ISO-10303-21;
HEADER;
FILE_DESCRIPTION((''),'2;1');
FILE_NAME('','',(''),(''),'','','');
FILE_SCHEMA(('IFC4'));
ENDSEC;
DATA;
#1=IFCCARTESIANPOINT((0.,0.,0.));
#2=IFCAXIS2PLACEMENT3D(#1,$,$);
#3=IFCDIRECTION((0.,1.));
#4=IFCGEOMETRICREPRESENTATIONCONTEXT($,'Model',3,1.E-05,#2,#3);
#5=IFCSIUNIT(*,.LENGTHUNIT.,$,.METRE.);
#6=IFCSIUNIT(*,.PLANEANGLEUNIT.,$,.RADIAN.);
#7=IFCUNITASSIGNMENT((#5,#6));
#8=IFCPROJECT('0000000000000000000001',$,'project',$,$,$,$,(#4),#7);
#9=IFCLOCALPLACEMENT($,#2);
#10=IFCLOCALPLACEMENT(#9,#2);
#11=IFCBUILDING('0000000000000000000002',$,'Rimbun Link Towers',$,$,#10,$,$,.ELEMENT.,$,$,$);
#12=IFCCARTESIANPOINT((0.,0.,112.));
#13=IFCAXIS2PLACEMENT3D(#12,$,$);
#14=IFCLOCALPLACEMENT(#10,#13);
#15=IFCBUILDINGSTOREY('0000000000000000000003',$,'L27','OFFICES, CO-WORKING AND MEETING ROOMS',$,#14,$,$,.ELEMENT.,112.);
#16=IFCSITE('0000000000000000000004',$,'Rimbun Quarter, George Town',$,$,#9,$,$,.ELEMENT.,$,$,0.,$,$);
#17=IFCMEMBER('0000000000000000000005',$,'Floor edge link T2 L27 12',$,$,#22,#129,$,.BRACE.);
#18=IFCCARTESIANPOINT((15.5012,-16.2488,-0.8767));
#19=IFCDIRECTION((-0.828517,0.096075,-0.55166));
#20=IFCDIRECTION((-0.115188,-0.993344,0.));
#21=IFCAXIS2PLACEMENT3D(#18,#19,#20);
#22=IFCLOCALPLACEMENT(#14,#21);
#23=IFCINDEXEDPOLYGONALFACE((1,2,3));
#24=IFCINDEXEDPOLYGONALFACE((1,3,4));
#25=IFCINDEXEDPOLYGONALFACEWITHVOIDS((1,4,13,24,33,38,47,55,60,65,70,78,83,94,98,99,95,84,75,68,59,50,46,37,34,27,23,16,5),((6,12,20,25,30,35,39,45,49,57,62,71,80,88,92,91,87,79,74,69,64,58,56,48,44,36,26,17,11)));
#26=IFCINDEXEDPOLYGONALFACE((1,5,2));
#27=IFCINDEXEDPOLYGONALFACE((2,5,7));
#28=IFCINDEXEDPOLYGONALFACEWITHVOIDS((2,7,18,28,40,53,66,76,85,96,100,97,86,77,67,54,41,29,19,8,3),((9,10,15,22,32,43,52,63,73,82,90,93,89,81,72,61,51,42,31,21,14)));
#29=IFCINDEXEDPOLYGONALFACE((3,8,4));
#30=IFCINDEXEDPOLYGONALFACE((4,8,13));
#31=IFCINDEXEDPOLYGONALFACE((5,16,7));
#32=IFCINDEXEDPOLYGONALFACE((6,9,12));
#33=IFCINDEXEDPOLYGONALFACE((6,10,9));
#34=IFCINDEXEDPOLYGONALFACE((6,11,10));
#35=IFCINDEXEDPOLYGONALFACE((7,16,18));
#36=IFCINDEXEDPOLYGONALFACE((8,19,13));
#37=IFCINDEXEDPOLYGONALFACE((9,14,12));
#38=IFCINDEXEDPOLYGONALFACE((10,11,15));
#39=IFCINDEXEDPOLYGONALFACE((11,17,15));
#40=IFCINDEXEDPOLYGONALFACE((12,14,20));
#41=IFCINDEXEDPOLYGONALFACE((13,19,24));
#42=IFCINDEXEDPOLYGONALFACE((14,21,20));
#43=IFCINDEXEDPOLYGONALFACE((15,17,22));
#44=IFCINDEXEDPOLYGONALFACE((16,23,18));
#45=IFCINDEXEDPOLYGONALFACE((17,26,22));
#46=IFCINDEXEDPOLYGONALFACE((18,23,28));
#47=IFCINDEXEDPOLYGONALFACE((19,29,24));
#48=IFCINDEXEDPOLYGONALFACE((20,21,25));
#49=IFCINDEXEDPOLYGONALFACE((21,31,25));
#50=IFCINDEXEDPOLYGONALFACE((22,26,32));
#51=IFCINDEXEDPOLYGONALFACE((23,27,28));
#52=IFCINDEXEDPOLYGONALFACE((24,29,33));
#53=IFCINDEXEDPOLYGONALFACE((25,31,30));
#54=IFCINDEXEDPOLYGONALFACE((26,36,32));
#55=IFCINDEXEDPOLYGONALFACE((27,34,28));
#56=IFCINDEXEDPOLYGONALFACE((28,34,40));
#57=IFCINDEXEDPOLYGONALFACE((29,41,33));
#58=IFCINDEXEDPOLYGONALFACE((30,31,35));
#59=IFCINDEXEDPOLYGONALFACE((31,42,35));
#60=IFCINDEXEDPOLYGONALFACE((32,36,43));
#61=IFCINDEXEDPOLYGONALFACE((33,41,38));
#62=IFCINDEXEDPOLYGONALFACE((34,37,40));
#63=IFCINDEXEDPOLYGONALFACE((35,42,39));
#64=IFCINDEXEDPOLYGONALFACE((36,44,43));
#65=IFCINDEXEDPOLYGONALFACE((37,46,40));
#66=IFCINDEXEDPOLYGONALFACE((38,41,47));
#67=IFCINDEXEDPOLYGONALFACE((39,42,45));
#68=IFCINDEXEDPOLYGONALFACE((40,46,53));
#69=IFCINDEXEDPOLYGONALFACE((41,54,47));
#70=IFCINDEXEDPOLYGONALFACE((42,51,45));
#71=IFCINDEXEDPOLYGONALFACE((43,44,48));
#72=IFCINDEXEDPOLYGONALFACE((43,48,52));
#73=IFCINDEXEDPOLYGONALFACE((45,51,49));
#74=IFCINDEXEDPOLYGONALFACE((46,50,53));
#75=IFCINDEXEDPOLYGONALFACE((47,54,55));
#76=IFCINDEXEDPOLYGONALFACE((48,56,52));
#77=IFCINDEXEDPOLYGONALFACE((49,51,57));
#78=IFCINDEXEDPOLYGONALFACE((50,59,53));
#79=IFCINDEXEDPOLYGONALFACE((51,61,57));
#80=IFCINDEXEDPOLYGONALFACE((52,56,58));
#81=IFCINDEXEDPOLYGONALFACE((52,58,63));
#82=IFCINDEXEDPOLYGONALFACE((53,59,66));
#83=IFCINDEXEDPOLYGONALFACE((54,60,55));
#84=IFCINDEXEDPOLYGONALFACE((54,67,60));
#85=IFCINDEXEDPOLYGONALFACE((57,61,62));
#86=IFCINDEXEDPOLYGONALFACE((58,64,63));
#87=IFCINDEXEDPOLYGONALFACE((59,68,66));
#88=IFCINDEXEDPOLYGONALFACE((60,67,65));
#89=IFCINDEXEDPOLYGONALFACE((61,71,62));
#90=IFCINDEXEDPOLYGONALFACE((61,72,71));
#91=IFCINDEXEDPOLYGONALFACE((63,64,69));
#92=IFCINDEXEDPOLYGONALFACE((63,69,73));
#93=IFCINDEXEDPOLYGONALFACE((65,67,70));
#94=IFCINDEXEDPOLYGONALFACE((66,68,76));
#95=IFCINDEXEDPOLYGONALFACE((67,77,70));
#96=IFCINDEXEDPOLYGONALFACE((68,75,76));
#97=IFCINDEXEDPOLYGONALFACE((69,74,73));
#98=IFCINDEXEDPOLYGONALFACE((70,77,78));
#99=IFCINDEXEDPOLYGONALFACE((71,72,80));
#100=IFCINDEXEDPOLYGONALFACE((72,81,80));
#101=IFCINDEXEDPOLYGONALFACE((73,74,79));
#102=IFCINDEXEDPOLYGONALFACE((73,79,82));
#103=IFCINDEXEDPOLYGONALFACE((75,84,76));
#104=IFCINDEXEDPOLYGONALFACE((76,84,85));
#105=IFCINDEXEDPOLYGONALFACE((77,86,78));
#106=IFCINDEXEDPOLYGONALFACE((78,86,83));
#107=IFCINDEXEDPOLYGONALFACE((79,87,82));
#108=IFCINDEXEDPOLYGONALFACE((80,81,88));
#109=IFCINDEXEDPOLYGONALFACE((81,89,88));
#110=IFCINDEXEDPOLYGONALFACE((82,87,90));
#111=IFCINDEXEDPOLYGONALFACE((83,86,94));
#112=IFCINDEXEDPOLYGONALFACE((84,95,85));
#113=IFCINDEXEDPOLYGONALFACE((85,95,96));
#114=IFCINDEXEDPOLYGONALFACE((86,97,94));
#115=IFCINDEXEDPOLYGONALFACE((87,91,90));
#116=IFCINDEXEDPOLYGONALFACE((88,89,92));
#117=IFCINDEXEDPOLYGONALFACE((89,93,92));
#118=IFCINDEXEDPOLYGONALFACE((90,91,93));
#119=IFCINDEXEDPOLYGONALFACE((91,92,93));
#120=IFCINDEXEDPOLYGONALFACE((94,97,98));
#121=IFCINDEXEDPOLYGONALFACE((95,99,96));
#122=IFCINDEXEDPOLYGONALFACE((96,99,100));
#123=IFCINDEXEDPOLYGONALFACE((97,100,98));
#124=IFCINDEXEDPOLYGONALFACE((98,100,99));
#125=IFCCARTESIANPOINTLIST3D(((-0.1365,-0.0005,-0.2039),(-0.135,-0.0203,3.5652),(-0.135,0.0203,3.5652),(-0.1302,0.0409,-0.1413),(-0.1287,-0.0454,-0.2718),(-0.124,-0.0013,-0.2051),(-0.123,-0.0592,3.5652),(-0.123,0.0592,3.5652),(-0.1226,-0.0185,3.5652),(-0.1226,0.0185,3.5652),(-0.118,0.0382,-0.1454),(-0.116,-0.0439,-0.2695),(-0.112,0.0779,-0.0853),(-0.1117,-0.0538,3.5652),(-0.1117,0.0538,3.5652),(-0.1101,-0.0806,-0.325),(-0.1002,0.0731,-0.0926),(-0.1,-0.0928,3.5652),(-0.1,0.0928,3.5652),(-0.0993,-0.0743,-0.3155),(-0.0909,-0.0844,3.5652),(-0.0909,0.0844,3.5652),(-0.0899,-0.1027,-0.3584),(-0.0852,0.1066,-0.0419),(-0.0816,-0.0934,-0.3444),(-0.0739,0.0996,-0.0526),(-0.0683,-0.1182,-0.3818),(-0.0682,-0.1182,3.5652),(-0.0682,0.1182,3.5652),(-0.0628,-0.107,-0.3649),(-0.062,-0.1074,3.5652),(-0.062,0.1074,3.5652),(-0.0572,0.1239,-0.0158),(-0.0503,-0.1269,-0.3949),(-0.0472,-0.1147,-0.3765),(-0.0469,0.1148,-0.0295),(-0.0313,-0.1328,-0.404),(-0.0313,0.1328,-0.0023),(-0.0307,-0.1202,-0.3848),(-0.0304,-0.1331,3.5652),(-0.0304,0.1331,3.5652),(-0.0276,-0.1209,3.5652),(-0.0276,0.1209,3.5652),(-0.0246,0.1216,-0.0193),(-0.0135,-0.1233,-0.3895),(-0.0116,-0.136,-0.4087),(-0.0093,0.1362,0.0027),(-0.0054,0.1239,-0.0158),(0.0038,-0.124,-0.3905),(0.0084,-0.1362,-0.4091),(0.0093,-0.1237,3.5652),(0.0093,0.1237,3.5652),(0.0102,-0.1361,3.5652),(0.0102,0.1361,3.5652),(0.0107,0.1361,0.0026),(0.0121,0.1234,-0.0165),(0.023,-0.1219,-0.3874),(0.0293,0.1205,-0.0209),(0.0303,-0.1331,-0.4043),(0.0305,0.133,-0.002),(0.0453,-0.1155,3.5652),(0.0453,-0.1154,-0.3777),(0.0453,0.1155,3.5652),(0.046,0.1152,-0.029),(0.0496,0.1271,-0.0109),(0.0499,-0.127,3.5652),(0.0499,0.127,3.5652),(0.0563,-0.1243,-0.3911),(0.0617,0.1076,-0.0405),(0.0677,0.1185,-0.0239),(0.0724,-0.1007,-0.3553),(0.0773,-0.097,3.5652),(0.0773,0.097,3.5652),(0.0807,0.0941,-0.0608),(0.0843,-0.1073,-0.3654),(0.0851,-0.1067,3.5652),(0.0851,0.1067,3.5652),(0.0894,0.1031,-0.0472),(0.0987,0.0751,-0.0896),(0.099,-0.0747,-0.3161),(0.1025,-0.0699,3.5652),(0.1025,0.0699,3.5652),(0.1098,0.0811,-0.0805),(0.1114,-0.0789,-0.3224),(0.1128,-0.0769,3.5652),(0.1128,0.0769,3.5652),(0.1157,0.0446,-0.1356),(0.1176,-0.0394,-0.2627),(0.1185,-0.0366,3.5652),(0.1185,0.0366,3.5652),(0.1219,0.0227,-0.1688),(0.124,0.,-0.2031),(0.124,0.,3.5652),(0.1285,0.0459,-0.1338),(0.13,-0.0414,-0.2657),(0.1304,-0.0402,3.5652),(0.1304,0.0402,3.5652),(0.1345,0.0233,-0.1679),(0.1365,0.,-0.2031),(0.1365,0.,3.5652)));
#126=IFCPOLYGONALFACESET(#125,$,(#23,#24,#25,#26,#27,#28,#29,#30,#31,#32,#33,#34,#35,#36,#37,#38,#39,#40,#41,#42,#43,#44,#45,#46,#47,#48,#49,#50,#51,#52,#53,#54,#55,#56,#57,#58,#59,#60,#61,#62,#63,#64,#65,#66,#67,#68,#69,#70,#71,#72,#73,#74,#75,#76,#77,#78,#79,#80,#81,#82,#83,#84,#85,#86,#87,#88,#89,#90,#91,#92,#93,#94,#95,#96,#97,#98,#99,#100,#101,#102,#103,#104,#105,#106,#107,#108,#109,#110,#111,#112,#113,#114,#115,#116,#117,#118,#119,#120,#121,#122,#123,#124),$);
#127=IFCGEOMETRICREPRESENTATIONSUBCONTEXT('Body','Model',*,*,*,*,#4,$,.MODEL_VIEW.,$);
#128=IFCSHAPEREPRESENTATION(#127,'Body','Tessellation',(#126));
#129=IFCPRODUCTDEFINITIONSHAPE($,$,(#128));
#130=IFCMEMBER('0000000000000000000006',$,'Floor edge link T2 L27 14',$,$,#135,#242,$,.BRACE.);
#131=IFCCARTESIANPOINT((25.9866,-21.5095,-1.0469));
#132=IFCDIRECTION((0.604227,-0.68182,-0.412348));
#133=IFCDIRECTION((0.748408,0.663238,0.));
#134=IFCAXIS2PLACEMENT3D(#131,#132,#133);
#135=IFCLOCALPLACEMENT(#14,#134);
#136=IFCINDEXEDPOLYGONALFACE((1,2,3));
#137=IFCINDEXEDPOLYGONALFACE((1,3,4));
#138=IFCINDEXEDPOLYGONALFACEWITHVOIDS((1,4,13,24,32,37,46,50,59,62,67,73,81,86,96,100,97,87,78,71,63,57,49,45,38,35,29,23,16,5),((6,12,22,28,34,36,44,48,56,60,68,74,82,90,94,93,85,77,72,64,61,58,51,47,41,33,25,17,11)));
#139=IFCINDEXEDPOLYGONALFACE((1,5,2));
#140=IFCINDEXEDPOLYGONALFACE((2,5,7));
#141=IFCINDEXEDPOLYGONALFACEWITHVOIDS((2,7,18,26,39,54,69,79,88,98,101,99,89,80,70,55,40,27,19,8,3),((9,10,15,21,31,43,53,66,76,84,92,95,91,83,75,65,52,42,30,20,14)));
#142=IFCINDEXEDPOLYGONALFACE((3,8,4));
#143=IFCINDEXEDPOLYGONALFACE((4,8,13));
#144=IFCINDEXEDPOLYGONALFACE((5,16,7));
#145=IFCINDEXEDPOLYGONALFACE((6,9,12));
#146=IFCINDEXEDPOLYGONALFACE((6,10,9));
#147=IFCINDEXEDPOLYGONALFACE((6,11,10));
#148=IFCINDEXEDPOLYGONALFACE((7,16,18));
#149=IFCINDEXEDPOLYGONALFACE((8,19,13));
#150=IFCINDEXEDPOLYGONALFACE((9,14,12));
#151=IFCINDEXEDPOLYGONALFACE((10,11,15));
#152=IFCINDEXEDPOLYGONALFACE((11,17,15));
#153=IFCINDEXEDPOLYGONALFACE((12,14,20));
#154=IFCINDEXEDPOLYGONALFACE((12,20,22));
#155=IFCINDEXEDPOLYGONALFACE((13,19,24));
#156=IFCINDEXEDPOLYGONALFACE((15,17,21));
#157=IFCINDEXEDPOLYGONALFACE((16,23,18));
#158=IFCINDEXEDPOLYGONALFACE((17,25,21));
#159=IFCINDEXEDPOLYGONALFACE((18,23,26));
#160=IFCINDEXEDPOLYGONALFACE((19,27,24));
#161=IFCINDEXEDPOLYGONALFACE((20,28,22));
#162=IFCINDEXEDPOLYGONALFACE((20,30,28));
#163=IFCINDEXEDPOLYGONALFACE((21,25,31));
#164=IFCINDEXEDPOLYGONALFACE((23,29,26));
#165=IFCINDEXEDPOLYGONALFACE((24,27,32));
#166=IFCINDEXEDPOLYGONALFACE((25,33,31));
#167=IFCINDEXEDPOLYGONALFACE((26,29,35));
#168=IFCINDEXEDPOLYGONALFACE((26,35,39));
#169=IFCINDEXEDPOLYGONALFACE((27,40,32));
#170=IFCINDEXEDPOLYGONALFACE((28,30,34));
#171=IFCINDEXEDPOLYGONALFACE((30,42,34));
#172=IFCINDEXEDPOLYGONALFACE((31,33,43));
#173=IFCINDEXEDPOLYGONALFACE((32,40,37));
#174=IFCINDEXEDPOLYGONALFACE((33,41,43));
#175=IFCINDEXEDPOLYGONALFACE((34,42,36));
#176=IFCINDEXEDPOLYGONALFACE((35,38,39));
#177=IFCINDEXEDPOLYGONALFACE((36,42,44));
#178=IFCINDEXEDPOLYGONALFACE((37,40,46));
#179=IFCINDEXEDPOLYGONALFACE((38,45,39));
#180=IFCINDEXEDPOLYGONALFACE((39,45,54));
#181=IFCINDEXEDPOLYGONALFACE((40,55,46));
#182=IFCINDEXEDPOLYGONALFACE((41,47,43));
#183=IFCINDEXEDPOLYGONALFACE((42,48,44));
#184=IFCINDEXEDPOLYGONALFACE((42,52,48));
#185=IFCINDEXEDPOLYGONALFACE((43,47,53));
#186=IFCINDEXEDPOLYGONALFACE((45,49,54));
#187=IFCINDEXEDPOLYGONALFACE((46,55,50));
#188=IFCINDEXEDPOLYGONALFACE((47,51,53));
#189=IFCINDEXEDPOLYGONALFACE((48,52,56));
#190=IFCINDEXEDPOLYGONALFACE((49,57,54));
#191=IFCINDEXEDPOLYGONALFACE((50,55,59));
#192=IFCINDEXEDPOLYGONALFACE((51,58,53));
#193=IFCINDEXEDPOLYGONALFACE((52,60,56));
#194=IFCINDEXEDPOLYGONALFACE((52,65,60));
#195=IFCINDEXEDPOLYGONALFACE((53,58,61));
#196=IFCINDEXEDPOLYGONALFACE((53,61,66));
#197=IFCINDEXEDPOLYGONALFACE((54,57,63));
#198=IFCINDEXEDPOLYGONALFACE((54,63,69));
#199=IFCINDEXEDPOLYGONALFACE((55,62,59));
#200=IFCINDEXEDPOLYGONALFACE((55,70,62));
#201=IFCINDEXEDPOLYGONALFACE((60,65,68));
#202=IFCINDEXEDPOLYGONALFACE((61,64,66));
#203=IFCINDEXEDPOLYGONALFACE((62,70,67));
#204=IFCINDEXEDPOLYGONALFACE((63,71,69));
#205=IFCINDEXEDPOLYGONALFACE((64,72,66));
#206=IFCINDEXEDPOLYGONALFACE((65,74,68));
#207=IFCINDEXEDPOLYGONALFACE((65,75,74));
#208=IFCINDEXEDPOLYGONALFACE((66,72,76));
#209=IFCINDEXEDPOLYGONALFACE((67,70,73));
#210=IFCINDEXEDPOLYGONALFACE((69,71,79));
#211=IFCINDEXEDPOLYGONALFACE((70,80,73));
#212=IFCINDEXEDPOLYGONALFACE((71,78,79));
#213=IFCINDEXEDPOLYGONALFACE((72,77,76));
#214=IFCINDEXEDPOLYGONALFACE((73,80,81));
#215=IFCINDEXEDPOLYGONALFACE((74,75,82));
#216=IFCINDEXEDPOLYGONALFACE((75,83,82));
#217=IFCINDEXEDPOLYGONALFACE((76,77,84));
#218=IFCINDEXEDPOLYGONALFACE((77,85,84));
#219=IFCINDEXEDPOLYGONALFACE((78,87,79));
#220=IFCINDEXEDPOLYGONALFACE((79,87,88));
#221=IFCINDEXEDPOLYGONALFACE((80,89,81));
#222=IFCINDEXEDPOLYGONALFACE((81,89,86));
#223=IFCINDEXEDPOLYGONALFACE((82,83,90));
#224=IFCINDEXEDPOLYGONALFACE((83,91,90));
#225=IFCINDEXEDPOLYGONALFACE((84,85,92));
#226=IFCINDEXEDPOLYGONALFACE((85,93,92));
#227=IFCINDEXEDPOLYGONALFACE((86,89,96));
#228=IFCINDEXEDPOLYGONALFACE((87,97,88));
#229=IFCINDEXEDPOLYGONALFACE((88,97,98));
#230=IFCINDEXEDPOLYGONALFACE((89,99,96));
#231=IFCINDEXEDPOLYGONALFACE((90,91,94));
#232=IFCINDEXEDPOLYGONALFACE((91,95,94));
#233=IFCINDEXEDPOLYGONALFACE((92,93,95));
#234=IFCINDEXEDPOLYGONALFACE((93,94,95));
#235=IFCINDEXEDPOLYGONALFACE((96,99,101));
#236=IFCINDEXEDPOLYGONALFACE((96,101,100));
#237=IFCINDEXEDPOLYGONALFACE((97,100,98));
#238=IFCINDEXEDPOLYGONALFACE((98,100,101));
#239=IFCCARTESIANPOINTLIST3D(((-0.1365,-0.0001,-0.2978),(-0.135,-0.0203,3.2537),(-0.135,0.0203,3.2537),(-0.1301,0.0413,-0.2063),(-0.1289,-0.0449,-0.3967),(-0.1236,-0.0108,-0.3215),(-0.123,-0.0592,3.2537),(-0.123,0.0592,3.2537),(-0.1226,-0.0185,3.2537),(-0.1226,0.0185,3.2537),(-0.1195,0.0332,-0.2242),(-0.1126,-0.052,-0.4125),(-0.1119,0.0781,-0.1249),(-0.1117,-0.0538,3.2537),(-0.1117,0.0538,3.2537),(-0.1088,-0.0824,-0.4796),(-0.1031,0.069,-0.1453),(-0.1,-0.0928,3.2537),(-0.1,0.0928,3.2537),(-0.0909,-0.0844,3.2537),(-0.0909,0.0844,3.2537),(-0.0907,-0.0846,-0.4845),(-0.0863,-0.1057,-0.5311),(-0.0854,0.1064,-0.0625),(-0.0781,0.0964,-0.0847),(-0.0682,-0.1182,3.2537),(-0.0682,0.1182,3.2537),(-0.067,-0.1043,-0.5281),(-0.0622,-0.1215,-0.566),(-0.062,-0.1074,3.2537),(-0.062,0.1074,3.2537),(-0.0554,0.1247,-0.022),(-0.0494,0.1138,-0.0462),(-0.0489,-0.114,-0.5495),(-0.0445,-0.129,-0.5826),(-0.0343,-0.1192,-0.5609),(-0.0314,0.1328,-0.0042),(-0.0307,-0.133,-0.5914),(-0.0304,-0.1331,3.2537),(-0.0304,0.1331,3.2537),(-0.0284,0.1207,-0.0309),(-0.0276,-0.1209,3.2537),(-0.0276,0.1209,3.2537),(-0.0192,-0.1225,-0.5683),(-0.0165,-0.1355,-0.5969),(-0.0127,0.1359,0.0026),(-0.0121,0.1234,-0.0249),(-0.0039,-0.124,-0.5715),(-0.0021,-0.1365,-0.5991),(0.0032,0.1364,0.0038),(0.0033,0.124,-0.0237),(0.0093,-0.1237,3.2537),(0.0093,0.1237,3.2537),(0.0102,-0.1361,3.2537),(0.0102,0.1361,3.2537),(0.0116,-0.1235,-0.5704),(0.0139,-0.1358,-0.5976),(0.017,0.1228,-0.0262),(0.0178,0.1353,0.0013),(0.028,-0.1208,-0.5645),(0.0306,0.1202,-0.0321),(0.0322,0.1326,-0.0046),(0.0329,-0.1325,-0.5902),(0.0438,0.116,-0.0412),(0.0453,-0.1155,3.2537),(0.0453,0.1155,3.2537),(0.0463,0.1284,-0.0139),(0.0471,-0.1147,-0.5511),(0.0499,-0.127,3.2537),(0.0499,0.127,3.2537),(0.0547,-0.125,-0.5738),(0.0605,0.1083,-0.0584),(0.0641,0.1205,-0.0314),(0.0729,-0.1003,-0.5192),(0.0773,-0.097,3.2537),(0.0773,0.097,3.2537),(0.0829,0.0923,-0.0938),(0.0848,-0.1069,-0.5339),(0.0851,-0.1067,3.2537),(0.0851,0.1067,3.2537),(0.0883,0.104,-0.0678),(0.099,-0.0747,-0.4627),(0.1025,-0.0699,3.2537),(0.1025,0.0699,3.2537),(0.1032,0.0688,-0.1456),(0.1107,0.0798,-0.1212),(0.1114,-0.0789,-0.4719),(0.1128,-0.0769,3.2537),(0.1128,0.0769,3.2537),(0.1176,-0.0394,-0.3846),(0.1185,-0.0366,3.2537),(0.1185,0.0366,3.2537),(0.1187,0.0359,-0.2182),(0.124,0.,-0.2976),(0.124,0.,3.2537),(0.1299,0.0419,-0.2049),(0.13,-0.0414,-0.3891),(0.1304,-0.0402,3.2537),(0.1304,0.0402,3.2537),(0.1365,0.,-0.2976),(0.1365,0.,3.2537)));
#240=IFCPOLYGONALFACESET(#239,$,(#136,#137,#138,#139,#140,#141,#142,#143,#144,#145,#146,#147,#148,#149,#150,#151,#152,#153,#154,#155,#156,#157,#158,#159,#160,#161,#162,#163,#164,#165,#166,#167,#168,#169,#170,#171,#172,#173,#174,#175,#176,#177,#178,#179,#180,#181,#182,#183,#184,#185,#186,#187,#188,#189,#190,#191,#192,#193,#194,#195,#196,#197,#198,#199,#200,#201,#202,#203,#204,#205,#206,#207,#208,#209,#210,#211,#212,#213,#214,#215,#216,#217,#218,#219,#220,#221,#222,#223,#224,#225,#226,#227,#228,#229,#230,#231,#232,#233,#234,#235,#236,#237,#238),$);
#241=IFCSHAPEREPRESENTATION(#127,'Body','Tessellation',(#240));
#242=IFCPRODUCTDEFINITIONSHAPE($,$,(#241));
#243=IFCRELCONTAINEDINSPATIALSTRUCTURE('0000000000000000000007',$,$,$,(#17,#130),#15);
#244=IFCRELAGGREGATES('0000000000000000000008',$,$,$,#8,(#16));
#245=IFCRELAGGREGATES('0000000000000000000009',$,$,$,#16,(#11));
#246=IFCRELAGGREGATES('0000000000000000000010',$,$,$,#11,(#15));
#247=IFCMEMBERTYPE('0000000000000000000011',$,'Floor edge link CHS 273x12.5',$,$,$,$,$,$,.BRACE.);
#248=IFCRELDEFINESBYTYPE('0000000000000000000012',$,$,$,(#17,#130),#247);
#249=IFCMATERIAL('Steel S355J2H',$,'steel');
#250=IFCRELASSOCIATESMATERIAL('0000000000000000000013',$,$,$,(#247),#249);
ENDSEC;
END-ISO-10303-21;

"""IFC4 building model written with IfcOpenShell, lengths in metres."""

from ifc_helpers import new_model, si_unit, direction, frame, origin, origin_2d, place, context, subcontext, project, spatial, hollow_circle, extrude, clip, halfspace, material, material_profile, profile_set, type_object, element, save


model = new_model("IFC4")

# Units and contexts
model_context = context("Model", 3, precision=1e-05, world=origin(), true_north=direction((0.0, 1.0)))
body_context = subcontext(model_context, "Body", "Model", "MODEL_VIEW")
ifc_project = project(units=[si_unit("LENGTHUNIT", "METRE"), si_unit("PLANEANGLEUNIT", "RADIAN")], contexts=[model_context])

# Site, building, storey
site_placement = place(None, origin())
site = spatial("IfcSite", under=ifc_project, at=site_placement, Name="Rimbun Quarter, George Town", CompositionType="ELEMENT", RefElevation=0.0)
building_placement = place(site_placement, origin())
building = spatial("IfcBuilding", under=site, at=building_placement, Name="Rimbun Link Towers", CompositionType="ELEMENT")
storey_placement = place(building_placement, frame((0.0, 0.0, 112.0)))
storey = spatial("IfcBuildingStorey", under=building, at=storey_placement, Name="L27", Description="OFFICES, CO-WORKING AND MEETING ROOMS", CompositionType="ELEMENT", Elevation=112.0)

# Members
ifc_material_1 = material(Name="Steel S355J2H", Category="steel")
ifc_material_profile_1 = material_profile(ifc_material_1, hollow_circle(Radius=0.1365, WallThickness=0.0125, at=origin_2d()), Name="CHS 273x12.5")
ifc_profile_set_1 = profile_set([ifc_material_profile_1], Name="Steel S355J2H")
member_type_1 = type_object("IfcMemberType", Name="Floor edge link CHS 273x12.5", PredefinedType="BRACE", material=ifc_profile_set_1)
member_1_placement = place(storey_placement, frame((15.5012, -16.2488, -0.8767), z_axis=(-0.828517, 0.096075, -0.55166), x_axis=(-0.115188, -0.993344, 0.0)))
element("IfcMember", 1, at=member_1_placement, inside=storey, type_object=member_type_1, Name="Floor edge link T2 L27 12", PredefinedType="BRACE", context=body_context, shape_type="Clipping", body=[
    clip(extrude(hollow_circle(Radius=0.1365, WallThickness=0.0125, at=origin_2d()), frame((0.0, 0.0, -0.4309)), (0.0, 0.0, 1.0), 3.9961), halfspace(frame((0.0, 0.0, -0.2031), z_axis=(0.0, 0.834069, -0.55166)), False)),
])
member_2_placement = place(storey_placement, frame((25.9866, -21.5095, -1.0469), z_axis=(0.604227, -0.68182, -0.412348), x_axis=(0.748408, 0.663238, 0.0)))
element("IfcMember", 2, at=member_2_placement, inside=storey, type_object=member_type_1, Name="Floor edge link T2 L27 14", PredefinedType="BRACE", context=body_context, shape_type="Clipping", body=[
    clip(extrude(hollow_circle(Radius=0.1365, WallThickness=0.0125, at=origin_2d()), frame((0.0, 0.0, -0.6272)), (0.0, 0.0, 1.0), 3.8809), halfspace(frame((0.0, 0.0, -0.2976), z_axis=(0.0, 0.911026, -0.412348)), False)),
])

save(model, "model.ifc")
